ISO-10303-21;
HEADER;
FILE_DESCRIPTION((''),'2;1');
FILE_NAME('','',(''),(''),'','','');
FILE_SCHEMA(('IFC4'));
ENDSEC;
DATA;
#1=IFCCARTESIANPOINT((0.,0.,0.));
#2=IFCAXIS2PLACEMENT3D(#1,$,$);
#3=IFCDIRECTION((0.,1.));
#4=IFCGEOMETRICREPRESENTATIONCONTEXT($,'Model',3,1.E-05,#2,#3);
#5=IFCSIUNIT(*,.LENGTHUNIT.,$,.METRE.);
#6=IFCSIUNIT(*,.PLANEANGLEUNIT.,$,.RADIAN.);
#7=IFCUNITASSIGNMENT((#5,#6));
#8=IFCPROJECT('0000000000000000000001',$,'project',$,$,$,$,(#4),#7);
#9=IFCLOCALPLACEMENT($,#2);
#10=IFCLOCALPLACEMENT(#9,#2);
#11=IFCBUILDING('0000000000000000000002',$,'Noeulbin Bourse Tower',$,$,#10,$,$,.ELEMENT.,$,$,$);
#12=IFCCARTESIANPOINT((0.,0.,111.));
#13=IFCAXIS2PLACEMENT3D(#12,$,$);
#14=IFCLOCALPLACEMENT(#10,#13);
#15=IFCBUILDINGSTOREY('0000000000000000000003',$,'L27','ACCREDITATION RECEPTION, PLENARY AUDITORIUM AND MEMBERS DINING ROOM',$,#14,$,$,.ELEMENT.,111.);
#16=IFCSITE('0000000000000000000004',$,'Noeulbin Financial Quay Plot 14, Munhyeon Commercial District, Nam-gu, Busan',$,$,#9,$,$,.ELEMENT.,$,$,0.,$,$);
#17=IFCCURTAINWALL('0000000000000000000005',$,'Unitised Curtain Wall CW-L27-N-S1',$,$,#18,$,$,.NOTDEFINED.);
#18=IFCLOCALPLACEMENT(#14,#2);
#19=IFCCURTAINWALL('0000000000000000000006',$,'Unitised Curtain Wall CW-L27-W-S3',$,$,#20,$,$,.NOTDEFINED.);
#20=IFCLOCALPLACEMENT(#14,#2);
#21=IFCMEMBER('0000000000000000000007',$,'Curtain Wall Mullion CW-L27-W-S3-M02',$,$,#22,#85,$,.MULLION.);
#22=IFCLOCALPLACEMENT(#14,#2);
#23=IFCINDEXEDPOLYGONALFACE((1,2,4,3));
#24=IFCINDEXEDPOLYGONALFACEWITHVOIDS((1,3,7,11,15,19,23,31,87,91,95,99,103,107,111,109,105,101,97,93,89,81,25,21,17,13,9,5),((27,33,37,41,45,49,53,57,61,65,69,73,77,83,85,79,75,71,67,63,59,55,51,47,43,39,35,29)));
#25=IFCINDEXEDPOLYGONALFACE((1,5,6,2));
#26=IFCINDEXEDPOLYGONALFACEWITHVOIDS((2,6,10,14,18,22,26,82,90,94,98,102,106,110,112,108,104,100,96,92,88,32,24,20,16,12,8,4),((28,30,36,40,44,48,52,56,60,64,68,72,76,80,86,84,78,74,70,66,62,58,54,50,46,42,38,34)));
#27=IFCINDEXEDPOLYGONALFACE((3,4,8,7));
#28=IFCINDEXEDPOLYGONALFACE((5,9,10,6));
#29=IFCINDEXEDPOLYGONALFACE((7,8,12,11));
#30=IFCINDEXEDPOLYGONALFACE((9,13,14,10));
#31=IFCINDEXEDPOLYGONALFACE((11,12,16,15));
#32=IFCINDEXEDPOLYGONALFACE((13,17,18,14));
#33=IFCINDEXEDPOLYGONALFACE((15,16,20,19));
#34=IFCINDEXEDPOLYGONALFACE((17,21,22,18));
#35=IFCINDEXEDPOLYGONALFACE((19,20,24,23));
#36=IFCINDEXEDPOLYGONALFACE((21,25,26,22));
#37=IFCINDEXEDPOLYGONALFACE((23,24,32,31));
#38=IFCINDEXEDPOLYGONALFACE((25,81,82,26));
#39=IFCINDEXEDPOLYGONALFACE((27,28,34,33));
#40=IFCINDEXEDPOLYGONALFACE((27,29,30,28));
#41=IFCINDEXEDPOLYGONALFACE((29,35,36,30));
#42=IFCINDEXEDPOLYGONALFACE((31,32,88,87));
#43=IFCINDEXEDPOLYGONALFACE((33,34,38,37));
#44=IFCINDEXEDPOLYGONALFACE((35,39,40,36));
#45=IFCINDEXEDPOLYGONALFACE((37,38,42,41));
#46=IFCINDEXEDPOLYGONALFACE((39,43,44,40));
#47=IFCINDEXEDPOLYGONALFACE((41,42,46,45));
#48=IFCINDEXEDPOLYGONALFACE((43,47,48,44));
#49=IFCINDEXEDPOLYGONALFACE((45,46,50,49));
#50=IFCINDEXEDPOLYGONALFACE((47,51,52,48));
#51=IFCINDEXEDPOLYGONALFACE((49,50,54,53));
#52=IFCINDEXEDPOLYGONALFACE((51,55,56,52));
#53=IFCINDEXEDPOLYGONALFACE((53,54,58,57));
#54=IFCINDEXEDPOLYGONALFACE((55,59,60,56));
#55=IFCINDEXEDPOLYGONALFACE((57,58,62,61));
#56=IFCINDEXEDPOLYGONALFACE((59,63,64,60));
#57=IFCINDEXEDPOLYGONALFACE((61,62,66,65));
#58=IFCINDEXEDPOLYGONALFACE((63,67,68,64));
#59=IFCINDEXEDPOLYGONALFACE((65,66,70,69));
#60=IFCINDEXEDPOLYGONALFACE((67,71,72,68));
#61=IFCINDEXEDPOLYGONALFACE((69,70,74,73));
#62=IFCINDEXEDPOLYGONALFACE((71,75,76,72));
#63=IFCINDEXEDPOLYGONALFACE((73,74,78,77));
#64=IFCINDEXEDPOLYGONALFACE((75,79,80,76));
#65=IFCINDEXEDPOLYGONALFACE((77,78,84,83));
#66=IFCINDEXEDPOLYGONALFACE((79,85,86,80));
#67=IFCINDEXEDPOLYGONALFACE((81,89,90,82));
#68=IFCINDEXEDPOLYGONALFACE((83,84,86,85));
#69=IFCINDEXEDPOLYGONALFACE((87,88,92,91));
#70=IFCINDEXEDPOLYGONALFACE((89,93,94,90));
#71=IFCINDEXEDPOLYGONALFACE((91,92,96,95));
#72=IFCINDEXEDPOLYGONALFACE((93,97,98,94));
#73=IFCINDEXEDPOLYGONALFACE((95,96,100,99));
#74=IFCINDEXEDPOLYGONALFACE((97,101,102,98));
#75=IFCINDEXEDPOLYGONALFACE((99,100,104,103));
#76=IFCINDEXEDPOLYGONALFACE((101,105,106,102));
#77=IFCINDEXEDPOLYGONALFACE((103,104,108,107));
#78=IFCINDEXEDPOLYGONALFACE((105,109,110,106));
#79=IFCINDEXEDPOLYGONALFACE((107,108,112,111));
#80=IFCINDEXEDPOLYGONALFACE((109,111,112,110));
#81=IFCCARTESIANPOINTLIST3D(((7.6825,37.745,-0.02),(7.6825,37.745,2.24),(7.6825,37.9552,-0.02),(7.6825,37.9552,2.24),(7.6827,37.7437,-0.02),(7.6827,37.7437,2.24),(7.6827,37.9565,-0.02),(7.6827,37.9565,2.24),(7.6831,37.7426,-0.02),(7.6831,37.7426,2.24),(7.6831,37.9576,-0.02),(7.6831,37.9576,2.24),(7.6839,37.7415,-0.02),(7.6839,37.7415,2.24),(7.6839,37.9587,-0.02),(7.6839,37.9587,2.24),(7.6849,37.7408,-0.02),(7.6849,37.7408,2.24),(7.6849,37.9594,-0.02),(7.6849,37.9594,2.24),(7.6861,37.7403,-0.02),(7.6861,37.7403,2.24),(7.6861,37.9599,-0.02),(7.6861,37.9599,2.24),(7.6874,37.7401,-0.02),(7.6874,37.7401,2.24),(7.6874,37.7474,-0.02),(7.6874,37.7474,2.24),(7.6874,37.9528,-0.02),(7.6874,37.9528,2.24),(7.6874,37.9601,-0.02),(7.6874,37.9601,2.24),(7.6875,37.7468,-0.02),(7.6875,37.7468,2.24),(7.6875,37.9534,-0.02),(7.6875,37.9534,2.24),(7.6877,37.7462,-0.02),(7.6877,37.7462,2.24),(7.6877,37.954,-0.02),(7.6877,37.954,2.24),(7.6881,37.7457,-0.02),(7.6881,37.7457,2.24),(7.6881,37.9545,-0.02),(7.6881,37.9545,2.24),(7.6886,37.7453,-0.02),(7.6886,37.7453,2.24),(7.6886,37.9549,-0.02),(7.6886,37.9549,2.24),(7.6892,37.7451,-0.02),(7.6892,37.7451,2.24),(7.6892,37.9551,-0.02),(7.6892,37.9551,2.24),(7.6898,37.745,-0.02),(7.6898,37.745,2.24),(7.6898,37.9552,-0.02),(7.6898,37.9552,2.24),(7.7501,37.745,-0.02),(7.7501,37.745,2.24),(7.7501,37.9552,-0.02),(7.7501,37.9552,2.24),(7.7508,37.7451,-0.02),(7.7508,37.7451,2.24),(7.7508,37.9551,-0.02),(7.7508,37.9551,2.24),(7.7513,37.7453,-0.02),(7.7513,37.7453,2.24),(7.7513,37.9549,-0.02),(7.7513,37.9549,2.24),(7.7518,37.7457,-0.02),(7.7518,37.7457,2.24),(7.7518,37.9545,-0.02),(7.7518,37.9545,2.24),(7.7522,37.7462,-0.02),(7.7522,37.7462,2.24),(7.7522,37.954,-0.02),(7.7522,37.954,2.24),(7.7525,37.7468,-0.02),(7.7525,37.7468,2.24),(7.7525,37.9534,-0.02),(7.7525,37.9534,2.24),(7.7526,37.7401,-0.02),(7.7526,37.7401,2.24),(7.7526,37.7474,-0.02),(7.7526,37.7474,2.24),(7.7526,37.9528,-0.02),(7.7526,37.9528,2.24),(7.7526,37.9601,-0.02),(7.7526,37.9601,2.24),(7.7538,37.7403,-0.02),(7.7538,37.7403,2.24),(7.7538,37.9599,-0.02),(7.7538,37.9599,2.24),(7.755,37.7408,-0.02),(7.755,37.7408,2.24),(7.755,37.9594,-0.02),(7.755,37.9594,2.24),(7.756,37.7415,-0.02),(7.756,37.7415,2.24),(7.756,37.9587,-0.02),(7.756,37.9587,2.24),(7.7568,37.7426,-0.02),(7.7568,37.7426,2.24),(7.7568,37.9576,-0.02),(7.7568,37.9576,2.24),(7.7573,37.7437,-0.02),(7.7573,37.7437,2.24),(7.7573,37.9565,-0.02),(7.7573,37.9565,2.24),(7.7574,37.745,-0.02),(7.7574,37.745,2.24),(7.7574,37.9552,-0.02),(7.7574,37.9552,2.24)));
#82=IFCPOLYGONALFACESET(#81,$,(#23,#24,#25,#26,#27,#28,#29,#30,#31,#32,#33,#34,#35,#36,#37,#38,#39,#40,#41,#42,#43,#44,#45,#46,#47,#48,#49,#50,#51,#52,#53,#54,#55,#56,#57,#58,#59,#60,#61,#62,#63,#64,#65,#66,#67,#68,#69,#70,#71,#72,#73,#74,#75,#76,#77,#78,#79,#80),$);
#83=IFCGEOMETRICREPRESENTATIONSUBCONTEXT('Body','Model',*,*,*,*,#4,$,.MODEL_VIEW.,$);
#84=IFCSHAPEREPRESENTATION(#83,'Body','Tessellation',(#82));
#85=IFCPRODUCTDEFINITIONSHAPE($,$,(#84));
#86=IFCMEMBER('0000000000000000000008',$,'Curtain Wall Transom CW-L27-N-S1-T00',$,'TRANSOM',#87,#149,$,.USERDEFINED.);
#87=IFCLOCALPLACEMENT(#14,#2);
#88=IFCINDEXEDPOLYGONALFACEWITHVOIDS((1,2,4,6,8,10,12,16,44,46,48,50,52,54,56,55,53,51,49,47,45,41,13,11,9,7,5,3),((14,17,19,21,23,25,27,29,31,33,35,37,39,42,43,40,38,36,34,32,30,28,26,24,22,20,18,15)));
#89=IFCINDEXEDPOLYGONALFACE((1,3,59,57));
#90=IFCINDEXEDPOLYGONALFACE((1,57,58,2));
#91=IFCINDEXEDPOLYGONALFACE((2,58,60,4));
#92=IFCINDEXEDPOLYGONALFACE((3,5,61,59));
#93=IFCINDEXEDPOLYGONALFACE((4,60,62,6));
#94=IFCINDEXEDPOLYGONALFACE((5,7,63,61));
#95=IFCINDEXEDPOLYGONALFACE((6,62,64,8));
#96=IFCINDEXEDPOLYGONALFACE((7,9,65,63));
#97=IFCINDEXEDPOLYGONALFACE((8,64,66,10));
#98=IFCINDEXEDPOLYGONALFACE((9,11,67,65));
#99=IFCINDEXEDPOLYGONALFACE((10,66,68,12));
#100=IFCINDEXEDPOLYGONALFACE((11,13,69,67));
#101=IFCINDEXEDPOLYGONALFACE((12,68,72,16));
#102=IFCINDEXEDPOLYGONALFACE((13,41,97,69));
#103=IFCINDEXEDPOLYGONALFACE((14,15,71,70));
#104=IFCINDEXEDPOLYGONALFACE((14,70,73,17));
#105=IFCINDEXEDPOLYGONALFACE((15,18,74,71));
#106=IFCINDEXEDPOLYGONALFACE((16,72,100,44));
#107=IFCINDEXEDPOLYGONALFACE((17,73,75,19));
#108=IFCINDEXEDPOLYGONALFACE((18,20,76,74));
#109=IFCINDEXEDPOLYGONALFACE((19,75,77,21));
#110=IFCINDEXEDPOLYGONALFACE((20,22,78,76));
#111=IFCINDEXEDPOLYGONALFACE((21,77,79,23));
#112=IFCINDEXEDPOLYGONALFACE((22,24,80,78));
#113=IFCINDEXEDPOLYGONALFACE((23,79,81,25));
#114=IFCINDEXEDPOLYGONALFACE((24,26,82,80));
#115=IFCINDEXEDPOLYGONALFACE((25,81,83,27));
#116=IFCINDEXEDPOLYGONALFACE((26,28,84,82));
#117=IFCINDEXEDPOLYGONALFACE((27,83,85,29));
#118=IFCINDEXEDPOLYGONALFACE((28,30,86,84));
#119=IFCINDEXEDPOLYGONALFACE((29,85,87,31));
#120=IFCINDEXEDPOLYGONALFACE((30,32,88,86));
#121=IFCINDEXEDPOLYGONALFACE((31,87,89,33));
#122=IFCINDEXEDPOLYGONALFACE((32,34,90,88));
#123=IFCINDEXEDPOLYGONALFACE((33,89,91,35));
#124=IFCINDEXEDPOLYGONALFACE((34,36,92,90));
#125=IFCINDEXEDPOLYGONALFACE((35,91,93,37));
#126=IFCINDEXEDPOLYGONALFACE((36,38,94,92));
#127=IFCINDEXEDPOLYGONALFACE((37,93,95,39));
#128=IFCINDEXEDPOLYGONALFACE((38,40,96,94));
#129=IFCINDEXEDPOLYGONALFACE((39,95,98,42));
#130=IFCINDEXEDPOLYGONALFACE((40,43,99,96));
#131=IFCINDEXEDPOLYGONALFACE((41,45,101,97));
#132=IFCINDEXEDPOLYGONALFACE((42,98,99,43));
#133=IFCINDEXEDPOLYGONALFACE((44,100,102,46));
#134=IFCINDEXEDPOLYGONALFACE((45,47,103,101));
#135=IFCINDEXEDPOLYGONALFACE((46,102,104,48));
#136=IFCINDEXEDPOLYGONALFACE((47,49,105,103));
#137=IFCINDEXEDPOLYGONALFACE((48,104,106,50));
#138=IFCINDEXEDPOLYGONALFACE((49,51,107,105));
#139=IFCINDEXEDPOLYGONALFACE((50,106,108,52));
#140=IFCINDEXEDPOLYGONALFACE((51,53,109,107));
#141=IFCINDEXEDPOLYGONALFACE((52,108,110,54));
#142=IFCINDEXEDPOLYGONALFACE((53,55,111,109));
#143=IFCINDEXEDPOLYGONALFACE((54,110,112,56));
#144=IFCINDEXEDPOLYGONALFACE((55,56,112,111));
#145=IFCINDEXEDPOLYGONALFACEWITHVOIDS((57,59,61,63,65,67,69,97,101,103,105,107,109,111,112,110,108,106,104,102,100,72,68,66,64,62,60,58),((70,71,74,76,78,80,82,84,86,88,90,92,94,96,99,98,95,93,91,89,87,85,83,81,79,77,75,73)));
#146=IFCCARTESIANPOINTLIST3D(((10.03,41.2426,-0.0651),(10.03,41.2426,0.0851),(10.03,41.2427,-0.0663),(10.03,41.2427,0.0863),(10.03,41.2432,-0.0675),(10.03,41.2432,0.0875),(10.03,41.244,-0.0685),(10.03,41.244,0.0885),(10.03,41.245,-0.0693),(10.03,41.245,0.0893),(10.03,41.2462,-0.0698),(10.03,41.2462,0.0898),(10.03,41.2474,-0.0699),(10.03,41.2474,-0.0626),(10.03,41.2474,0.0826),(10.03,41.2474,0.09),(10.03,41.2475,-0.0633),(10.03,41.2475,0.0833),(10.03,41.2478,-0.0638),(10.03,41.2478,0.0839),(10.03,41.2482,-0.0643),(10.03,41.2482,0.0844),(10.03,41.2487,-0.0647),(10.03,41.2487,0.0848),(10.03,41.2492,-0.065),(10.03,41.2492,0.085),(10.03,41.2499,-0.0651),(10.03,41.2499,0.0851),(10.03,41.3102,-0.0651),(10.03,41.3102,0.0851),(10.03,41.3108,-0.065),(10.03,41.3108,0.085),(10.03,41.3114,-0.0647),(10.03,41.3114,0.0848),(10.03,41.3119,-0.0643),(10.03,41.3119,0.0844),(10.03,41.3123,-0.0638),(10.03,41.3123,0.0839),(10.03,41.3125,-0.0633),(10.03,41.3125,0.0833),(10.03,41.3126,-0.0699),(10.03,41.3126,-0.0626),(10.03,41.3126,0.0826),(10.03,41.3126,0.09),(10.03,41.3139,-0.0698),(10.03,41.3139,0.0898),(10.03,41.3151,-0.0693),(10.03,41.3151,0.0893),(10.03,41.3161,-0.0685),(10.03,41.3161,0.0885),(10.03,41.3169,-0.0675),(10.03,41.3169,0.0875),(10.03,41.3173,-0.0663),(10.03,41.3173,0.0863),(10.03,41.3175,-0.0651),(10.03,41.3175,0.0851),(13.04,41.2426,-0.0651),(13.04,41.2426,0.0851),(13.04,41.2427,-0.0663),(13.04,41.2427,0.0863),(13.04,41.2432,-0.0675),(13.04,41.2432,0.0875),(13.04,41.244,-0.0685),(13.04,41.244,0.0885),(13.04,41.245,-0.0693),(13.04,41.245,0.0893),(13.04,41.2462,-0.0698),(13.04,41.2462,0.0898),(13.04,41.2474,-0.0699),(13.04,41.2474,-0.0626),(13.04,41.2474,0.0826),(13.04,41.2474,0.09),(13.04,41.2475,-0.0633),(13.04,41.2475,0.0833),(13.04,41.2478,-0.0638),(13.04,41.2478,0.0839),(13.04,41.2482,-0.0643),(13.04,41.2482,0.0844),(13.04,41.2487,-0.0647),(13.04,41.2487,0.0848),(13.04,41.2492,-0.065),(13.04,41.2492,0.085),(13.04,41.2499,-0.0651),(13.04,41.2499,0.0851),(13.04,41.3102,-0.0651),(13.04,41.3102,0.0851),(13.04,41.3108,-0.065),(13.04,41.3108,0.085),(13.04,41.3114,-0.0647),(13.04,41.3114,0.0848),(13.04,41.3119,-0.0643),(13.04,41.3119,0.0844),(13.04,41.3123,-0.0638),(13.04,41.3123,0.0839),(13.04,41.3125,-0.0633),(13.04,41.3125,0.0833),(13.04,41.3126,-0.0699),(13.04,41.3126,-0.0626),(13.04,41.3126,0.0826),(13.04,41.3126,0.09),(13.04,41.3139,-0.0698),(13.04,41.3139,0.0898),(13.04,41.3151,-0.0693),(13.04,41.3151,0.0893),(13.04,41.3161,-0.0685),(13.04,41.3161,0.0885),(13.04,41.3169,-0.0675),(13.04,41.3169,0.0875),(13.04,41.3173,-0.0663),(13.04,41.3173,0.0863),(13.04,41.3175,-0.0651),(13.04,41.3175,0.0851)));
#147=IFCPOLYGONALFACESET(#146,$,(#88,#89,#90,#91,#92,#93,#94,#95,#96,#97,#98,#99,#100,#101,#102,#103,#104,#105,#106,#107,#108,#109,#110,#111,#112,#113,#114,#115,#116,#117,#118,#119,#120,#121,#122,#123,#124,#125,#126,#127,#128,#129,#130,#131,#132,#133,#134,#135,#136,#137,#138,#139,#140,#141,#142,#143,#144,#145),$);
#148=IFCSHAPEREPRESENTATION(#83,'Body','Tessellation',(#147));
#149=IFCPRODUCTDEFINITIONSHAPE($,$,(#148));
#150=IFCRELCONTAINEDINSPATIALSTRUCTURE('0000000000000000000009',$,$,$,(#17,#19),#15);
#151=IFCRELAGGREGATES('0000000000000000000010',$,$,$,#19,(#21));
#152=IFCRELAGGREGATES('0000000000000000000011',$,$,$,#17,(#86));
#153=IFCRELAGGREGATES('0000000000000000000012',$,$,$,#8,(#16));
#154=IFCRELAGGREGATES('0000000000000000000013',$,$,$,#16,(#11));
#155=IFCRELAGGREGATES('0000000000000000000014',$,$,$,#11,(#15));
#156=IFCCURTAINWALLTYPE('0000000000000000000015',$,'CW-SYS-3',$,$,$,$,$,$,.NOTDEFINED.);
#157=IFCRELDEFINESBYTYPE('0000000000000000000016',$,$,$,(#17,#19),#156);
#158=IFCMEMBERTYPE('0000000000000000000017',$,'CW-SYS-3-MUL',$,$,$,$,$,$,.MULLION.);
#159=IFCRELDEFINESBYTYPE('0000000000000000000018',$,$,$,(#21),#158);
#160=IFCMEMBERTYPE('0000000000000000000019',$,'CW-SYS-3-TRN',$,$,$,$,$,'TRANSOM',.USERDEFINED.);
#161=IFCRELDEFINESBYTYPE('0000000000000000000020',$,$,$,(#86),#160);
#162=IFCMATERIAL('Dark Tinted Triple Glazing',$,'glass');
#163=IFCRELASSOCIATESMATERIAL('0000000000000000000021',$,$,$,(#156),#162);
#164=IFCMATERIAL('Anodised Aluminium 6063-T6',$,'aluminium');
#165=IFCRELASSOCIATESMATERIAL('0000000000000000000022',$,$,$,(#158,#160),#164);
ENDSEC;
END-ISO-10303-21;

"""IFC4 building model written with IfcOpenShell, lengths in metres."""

from ifc_helpers import new_model, si_unit, direction, frame, origin, origin_2d, place, context, subcontext, project, spatial, hollow_rectangle, extrude, material, material_profile, profile_set, type_object, element, aggregate, save


model = new_model("IFC4")

# Units and contexts
model_context = context("Model", 3, precision=1e-05, world=origin(), true_north=direction((0.0, 1.0)))
body_context = subcontext(model_context, "Body", "Model", "MODEL_VIEW")
ifc_project = project(units=[si_unit("LENGTHUNIT", "METRE"), si_unit("PLANEANGLEUNIT", "RADIAN")], contexts=[model_context])

# Site, building, storey
site_placement = place(None, origin())
site = spatial("IfcSite", under=ifc_project, at=site_placement, Name="Noeulbin Financial Quay Plot 14, Munhyeon Commercial District, Nam-gu, Busan", CompositionType="ELEMENT", RefElevation=0.0)
building_placement = place(site_placement, origin())
building = spatial("IfcBuilding", under=site, at=building_placement, Name="Noeulbin Bourse Tower", CompositionType="ELEMENT")
storey_placement = place(building_placement, frame((0.0, 0.0, 111.0)))
storey = spatial("IfcBuildingStorey", under=building, at=storey_placement, Name="L27", Description="ACCREDITATION RECEPTION, PLENARY AUDITORIUM AND MEMBERS DINING ROOM", CompositionType="ELEMENT", Elevation=111.0)

# Curtain wall
ifc_material_1 = material(Name="Dark Tinted Triple Glazing", Category="glass")
curtain_wall_type = type_object("IfcCurtainWallType", Name="CW-SYS-3", PredefinedType="NOTDEFINED", material=ifc_material_1)
curtain_wall_1_placement = place(storey_placement, origin())
curtain_wall_1 = element("IfcCurtainWall", 1, at=curtain_wall_1_placement, inside=storey, type_object=curtain_wall_type, Name="Unitised Curtain Wall CW-L27-N-S1", PredefinedType="NOTDEFINED")
ifc_material_2 = material(Name="Anodised Aluminium 6063-T6", Category="aluminium")
ifc_material_profile_1 = material_profile(ifc_material_2, hollow_rectangle(XDim=0.075, YDim=0.22, WallThickness=0.0049, InnerFilletRadius=0.0024, OuterFilletRadius=0.0049, at=origin_2d()), Name="ALU-MULL-75x220x5", Category="LoadBearing")
ifc_profile_set_1 = profile_set([ifc_material_profile_1], Name="Anodised Aluminium 6063-T6")
member_type_1 = type_object("IfcMemberType", Name="CW-SYS-3-MUL", PredefinedType="MULLION", material=ifc_profile_set_1)

# Curtain wall, member
curtain_wall_2_placement = place(storey_placement, origin())
curtain_wall_2 = element("IfcCurtainWall", 2, at=curtain_wall_2_placement, inside=storey, type_object=curtain_wall_type, Name="Unitised Curtain Wall CW-L27-W-S3", PredefinedType="NOTDEFINED")
member_1_placement = place(storey_placement, frame((7.72, 37.8501, -0.02), z_axis=(0.0, 0.0, 1.0), x_axis=(1.0, 0.0, 0.0)))
member_1 = element("IfcMember", 3, at=member_1_placement, type_object=member_type_1, Name="Curtain Wall Mullion CW-L27-W-S3-M02", PredefinedType="MULLION", context=body_context, shape_type="SweptSolid", body=[
    extrude(hollow_rectangle(XDim=0.075, YDim=0.22, WallThickness=0.0049, InnerFilletRadius=0.0024, OuterFilletRadius=0.0049, at=origin_2d()), origin(), (0.0, 0.0, 1.0), 2.26),
])
aggregate(curtain_wall_2, [member_1])

# Member
ifc_material_profile_2 = material_profile(ifc_material_2, hollow_rectangle(XDim=0.075, YDim=0.1599, WallThickness=0.0049, InnerFilletRadius=0.0024, OuterFilletRadius=0.0049, at=origin_2d()), Name="ALU-TRAN-75x160x5", Category="LoadBearing")
ifc_profile_set_2 = profile_set([ifc_material_profile_2], Name="Anodised Aluminium 6063-T6")
member_type_2 = type_object("IfcMemberType", Name="CW-SYS-3-TRN", ElementType="TRANSOM", PredefinedType="USERDEFINED", material=ifc_profile_set_2)
member_2_placement = place(storey_placement, frame((10.03, 41.28, 0.01), z_axis=(1.0, 0.0, 0.0), x_axis=(0.0, 1.0, 0.0)))
member_2 = element("IfcMember", 4, at=member_2_placement, type_object=member_type_2, Name="Curtain Wall Transom CW-L27-N-S1-T00", ObjectType="TRANSOM", PredefinedType="USERDEFINED", context=body_context, shape_type="SweptSolid", body=[
    extrude(hollow_rectangle(XDim=0.075, YDim=0.1599, WallThickness=0.0049, InnerFilletRadius=0.0024, OuterFilletRadius=0.0049, at=origin_2d()), origin(), (0.0, 0.0, 1.0), 3.01),
])

aggregate(curtain_wall_1, [member_2])

save(model, "model.ifc")
